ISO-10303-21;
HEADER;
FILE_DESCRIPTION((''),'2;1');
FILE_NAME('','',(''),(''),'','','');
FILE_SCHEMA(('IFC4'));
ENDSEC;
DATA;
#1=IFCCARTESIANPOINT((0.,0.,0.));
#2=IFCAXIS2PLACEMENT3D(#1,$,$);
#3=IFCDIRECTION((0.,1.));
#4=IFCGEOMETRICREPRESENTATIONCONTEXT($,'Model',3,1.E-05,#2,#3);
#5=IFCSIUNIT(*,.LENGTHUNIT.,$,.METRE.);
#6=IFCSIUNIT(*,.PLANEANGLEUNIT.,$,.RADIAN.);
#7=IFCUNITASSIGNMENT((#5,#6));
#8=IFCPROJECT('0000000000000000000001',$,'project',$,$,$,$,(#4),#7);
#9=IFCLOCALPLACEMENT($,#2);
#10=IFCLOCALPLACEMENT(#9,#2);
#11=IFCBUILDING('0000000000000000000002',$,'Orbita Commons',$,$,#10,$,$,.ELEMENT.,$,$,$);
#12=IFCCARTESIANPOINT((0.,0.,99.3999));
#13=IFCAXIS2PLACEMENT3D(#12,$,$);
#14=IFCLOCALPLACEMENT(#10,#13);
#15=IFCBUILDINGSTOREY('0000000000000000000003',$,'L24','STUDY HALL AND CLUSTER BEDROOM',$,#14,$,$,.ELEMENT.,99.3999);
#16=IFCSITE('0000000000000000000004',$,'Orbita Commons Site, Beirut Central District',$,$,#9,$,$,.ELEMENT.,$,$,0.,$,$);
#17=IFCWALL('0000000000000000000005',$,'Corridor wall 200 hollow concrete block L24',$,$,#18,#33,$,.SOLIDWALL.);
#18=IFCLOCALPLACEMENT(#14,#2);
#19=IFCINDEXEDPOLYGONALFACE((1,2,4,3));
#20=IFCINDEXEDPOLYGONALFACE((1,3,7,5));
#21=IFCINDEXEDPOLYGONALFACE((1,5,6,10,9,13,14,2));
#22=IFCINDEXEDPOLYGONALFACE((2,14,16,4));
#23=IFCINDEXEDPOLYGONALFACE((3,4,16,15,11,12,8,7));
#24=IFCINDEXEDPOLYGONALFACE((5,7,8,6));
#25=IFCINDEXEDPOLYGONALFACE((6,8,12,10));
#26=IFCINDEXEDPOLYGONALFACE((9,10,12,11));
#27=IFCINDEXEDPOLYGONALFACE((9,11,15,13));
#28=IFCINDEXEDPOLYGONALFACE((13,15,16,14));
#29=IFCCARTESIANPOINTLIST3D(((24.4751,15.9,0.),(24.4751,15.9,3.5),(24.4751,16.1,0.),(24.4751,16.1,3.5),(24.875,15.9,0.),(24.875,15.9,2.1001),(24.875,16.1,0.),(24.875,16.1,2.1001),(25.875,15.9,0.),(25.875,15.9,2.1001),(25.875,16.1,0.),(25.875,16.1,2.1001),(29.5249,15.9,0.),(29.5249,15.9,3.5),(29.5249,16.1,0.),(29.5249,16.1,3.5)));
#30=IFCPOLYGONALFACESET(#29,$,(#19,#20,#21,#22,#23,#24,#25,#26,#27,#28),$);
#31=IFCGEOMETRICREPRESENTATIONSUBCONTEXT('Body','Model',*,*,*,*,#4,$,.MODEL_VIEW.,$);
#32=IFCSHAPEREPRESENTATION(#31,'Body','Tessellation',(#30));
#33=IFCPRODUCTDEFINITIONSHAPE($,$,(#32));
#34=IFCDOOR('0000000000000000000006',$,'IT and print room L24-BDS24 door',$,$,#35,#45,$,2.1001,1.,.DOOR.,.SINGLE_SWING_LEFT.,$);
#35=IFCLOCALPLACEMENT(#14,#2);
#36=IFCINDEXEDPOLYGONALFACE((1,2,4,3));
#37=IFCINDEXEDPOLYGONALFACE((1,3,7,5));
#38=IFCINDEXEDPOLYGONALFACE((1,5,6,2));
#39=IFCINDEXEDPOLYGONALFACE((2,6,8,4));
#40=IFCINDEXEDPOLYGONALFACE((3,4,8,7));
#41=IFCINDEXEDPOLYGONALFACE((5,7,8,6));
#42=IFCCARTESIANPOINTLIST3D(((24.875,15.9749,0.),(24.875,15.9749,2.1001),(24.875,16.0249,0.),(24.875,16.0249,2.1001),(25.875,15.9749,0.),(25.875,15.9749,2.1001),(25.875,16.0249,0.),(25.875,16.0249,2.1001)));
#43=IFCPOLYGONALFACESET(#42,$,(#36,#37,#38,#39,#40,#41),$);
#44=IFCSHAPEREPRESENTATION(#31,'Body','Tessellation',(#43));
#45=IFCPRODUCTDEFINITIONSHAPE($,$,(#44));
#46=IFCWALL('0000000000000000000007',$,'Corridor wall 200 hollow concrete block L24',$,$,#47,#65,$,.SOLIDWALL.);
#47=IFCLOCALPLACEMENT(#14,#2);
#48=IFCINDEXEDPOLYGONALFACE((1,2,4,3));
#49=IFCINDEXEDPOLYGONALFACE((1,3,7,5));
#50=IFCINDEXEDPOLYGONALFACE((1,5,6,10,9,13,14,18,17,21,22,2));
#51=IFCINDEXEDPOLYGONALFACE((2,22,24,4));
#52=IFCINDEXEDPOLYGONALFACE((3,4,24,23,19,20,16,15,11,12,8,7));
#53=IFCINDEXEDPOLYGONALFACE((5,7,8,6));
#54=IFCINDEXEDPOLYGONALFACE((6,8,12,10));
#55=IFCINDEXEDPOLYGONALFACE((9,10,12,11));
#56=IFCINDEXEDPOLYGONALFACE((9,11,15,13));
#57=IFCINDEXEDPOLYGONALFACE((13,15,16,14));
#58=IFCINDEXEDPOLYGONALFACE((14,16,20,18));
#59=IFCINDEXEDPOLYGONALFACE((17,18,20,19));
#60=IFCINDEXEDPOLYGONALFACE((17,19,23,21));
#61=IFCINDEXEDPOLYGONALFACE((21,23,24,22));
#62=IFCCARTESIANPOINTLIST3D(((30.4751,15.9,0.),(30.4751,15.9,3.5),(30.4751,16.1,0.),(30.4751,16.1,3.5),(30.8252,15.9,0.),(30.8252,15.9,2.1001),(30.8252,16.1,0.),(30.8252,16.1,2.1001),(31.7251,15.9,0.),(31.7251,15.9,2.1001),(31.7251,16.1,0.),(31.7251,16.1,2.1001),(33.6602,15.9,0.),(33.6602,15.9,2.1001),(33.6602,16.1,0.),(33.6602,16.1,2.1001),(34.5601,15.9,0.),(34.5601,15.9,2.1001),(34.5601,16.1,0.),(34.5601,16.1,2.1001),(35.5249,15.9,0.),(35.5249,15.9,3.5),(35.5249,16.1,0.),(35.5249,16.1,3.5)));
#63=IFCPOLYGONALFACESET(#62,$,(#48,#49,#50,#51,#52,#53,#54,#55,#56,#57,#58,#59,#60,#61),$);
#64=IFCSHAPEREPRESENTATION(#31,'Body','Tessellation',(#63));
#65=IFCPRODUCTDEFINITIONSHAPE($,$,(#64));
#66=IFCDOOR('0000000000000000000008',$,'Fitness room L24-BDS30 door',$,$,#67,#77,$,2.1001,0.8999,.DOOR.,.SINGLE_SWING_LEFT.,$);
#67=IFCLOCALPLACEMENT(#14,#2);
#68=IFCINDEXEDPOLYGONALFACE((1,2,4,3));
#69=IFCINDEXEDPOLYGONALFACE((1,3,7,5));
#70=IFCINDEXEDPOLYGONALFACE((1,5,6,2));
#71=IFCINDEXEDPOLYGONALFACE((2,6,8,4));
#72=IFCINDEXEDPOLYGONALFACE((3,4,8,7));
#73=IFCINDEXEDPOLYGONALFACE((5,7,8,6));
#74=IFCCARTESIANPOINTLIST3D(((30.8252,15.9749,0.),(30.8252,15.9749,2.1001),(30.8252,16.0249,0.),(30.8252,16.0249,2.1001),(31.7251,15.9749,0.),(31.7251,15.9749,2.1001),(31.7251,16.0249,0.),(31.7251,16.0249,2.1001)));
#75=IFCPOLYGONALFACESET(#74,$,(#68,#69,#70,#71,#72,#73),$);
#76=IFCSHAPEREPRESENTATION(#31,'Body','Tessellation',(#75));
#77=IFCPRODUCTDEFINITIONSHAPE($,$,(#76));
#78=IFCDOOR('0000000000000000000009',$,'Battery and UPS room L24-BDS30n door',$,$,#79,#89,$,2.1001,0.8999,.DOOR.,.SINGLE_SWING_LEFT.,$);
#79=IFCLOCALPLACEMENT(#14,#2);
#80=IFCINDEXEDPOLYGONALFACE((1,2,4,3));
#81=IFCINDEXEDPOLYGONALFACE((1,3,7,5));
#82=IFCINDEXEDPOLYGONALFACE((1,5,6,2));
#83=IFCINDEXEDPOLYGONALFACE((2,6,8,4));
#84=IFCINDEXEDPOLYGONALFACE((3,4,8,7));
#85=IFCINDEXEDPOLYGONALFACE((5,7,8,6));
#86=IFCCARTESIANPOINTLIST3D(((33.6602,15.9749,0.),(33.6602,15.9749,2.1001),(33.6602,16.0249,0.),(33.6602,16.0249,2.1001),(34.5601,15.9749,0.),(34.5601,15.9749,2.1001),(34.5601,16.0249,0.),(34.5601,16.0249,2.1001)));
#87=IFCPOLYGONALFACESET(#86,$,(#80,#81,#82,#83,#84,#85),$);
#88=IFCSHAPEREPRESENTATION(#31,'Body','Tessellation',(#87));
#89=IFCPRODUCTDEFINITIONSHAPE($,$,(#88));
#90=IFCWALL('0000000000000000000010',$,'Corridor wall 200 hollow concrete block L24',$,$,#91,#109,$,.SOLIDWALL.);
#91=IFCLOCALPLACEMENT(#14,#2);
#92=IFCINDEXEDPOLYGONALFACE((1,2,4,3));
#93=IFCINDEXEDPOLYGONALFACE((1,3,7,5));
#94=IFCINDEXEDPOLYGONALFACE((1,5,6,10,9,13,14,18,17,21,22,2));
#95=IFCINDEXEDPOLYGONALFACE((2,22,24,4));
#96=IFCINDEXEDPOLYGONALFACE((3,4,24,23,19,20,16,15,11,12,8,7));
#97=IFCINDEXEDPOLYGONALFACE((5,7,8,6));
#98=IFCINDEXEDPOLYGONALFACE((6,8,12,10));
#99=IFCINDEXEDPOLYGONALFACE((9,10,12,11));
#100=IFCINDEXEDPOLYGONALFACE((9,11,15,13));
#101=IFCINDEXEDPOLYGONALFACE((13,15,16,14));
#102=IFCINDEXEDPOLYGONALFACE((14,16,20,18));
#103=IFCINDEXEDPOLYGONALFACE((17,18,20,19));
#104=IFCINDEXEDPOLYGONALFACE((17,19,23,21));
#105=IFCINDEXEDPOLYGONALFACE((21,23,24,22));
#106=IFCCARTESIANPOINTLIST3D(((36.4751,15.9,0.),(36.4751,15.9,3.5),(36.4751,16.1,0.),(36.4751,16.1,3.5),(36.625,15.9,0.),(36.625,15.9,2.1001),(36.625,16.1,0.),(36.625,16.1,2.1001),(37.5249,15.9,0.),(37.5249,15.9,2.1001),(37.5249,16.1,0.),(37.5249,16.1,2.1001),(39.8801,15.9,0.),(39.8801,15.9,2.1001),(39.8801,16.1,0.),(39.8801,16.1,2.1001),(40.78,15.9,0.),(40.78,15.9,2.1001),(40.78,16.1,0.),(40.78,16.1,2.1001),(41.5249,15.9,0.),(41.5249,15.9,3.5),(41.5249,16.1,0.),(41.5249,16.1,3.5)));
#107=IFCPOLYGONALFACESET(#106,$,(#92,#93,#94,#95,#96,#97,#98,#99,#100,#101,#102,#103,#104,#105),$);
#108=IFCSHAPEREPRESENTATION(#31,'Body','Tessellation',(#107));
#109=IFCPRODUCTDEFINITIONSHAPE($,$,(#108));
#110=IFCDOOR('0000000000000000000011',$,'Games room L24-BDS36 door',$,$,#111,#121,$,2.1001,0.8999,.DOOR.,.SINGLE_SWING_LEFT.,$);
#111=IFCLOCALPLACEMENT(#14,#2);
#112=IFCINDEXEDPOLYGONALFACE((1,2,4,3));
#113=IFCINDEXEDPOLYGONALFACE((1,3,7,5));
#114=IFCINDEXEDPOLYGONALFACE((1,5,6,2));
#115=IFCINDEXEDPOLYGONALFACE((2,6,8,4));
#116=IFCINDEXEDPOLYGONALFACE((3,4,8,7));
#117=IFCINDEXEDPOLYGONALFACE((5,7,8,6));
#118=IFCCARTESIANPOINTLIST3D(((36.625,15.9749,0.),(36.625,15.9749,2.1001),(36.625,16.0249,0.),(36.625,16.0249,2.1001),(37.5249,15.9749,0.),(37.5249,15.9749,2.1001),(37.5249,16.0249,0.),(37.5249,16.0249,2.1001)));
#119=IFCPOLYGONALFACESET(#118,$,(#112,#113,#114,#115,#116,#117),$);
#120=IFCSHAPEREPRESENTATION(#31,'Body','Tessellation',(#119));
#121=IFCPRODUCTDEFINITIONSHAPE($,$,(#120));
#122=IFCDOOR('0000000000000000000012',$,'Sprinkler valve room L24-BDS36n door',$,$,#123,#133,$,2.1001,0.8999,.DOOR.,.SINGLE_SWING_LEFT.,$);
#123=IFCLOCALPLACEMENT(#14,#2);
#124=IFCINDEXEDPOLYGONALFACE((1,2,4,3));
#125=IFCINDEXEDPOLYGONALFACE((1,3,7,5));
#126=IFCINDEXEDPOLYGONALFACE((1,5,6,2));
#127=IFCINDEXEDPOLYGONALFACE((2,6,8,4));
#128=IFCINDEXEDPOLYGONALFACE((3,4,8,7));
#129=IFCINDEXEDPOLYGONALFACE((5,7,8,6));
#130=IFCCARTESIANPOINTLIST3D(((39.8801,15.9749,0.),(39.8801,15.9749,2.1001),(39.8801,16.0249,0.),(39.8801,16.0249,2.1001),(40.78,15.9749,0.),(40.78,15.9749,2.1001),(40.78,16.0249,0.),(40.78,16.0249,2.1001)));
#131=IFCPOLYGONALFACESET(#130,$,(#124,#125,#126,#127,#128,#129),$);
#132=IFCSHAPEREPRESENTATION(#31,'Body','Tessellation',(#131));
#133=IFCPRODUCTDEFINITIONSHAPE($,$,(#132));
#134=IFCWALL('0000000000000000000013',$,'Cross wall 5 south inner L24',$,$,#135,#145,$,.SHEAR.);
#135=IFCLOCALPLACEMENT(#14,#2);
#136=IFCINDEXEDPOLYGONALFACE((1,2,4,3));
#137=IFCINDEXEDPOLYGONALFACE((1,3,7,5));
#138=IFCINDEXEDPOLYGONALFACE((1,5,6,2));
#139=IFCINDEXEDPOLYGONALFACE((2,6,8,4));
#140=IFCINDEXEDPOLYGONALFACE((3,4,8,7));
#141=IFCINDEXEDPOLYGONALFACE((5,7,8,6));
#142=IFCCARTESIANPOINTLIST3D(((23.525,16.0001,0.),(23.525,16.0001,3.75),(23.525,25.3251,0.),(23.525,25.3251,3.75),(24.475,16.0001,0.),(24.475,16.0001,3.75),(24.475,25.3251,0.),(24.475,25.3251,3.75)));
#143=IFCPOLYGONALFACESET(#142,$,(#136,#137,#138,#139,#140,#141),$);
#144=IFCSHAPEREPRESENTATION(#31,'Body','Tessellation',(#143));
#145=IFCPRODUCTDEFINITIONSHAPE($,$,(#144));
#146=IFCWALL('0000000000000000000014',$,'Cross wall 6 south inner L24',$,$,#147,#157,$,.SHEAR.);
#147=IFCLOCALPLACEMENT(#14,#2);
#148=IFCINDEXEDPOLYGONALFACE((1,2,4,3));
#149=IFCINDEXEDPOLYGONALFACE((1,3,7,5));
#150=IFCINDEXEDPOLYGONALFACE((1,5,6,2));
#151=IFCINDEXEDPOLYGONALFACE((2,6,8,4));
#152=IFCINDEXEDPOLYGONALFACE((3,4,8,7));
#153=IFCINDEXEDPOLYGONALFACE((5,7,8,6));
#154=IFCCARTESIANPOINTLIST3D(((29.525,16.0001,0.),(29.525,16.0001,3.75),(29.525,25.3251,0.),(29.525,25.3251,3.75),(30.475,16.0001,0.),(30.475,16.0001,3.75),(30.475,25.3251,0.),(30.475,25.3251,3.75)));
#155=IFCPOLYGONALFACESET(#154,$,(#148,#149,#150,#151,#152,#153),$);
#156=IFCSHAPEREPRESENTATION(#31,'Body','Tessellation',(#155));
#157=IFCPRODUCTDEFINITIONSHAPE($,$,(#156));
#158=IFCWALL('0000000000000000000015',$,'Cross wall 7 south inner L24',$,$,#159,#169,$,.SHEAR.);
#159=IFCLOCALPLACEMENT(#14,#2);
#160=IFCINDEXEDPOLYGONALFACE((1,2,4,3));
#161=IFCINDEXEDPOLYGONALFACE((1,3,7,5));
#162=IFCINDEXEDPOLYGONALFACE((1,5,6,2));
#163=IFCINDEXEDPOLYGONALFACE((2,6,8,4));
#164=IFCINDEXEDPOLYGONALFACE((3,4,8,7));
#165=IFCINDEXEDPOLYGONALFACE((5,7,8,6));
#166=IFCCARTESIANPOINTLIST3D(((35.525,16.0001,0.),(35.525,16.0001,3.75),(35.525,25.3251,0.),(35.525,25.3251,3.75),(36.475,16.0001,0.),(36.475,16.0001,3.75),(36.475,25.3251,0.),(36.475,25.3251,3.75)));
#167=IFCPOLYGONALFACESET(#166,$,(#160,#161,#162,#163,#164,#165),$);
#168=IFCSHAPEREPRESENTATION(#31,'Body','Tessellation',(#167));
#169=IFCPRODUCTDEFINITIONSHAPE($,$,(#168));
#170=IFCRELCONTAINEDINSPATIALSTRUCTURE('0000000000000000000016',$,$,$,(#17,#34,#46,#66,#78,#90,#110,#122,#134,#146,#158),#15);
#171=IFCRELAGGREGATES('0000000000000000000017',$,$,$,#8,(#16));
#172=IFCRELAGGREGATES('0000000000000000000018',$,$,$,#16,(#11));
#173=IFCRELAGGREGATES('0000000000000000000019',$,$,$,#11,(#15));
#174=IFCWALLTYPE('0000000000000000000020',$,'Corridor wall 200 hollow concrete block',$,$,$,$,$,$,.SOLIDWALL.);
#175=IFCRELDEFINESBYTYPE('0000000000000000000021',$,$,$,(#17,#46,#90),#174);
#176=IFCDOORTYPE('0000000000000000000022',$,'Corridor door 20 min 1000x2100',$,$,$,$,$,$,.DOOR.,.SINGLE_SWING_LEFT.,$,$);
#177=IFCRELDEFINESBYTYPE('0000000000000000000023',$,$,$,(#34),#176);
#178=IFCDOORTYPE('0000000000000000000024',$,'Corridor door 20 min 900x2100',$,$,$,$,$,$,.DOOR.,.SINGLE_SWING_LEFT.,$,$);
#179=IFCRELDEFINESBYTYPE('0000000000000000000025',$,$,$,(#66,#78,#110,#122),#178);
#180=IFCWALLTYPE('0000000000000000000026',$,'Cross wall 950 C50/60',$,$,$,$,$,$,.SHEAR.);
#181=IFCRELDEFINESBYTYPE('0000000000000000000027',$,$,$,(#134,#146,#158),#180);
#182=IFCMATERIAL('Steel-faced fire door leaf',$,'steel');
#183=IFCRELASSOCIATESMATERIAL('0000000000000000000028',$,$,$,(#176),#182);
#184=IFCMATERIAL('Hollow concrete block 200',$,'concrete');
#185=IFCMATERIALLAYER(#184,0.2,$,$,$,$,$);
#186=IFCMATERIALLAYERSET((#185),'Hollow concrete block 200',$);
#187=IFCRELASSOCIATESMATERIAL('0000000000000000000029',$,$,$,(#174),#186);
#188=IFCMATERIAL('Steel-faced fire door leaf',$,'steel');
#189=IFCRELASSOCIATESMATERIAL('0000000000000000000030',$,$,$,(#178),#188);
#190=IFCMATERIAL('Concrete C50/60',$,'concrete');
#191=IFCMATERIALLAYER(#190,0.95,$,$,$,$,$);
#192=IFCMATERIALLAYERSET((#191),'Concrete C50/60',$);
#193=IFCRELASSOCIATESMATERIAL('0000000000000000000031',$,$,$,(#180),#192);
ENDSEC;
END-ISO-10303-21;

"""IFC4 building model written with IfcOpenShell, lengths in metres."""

from ifc_helpers import new_model, si_unit, direction, frame, frame_2d, origin, place, context, subcontext, project, spatial, rectangle, extrude, material, layer, layer_set, type_object, element, fill, save


model = new_model("IFC4")

# Units and contexts
model_context = context("Model", 3, precision=1e-05, world=origin(), true_north=direction((0.0, 1.0)))
body_context = subcontext(model_context, "Body", "Model", "MODEL_VIEW")
ifc_project = project(units=[si_unit("LENGTHUNIT", "METRE"), si_unit("PLANEANGLEUNIT", "RADIAN")], contexts=[model_context])

# Site, building, storey
site_placement = place(None, origin())
site = spatial("IfcSite", under=ifc_project, at=site_placement, Name="Orbita Commons Site, Beirut Central District", CompositionType="ELEMENT", RefElevation=0.0)
building_placement = place(site_placement, origin())
building = spatial("IfcBuilding", under=site, at=building_placement, Name="Orbita Commons", CompositionType="ELEMENT")
storey_placement = place(building_placement, frame((0.0, 0.0, 99.3999)))
storey = spatial("IfcBuildingStorey", under=building, at=storey_placement, Name="L24", Description="STUDY HALL AND CLUSTER BEDROOM", CompositionType="ELEMENT", Elevation=99.3999)

# Wall, opening, door
ifc_material_1 = material(Name="Steel-faced fire door leaf", Category="steel")
door_type_1 = type_object("IfcDoorType", Name="Corridor door 20 min 1000x2100", OperationType="SINGLE_SWING_LEFT", PredefinedType="DOOR", material=ifc_material_1)
ifc_material_2 = material(Name="Hollow concrete block 200", Category="concrete")
ifc_layer_1 = layer(ifc_material_2, 0.2)
ifc_layer_set_1 = layer_set([ifc_layer_1], Name="Hollow concrete block 200")
wall_type_1 = type_object("IfcWallType", Name="Corridor wall 200 hollow concrete block", PredefinedType="SOLIDWALL", material=ifc_layer_set_1)
wall_1_placement = place(storey_placement, frame((24.4751, 16.0, 0.0), z_axis=(0.0, 0.0, 1.0), x_axis=(1.0, 0.0, 0.0)))
wall_1 = element("IfcWall", 1, at=wall_1_placement, inside=storey, type_object=wall_type_1, Name="Corridor wall 200 hollow concrete block L24", PredefinedType="SOLIDWALL", context=body_context, shape_type="SweptSolid", body=[
    extrude(rectangle(XDim=5.0498, YDim=0.2, at=frame_2d((2.5249, 0.0))), origin(), (0.0, 0.0, 1.0), 3.5),
])
opening_1_placement = place(wall_1_placement, frame((0.3999, 0.0, 0.0)))
opening_1 = element("IfcOpeningElement", 2, at=opening_1_placement, cuts=wall_1, PredefinedType="OPENING", context=body_context, shape_type="SweptSolid", body=[
    extrude(rectangle(XDim=1.0, YDim=2.1001, at=frame_2d((0.5, 1.05))), frame((0.0, 0.1099, 0.0), z_axis=(0.0, -1.0, 0.0), x_axis=(1.0, 0.0, 0.0)), (0.0, 0.0, 1.0), 0.22),
])
door_1_placement = place(opening_1_placement, origin())
door_1 = element("IfcDoor", 3, at=door_1_placement, inside=storey, type_object=door_type_1, Name="IT and print room L24-BDS24 door", OperationType="SINGLE_SWING_LEFT", OverallHeight=2.1001, OverallWidth=1.0, PredefinedType="DOOR", context=body_context, shape_type="SweptSolid", body=[
    extrude(rectangle(XDim=1.0, YDim=2.1001, at=frame_2d((0.5, 1.05))), frame((0.0, 0.0249, 0.0), z_axis=(0.0, -1.0, 0.0), x_axis=(1.0, 0.0, 0.0)), (0.0, 0.0, 1.0), 0.05),
])
fill(opening_1, door_1)

# Walls, openings, doors
wall_2_placement = place(storey_placement, frame((30.4751, 16.0, 0.0), z_axis=(0.0, 0.0, 1.0), x_axis=(1.0, 0.0, 0.0)))
wall_2 = element("IfcWall", 4, at=wall_2_placement, inside=storey, type_object=wall_type_1, Name="Corridor wall 200 hollow concrete block L24", PredefinedType="SOLIDWALL", context=body_context, shape_type="SweptSolid", body=[
    extrude(rectangle(XDim=5.0498, YDim=0.2, at=frame_2d((2.5249, 0.0))), origin(), (0.0, 0.0, 1.0), 3.5),
])
opening_2_placement = place(wall_2_placement, frame((0.3501, 0.0, 0.0)))
opening_2 = element("IfcOpeningElement", 5, at=opening_2_placement, cuts=wall_2, PredefinedType="OPENING", context=body_context, shape_type="SweptSolid", body=[
    extrude(rectangle(XDim=0.8999, YDim=2.1001, at=frame_2d((0.45, 1.05))), frame((0.0, 0.1099, 0.0), z_axis=(0.0, -1.0, 0.0), x_axis=(1.0, 0.0, 0.0)), (0.0, 0.0, 1.0), 0.22),
])
opening_3_placement = place(wall_2_placement, frame((3.1851, 0.0, 0.0)))
opening_3 = element("IfcOpeningElement", 6, at=opening_3_placement, cuts=wall_2, PredefinedType="OPENING", context=body_context, shape_type="SweptSolid", body=[
    extrude(rectangle(XDim=0.8999, YDim=2.1001, at=frame_2d((0.45, 1.05))), frame((0.0, 0.1099, 0.0), z_axis=(0.0, -1.0, 0.0), x_axis=(1.0, 0.0, 0.0)), (0.0, 0.0, 1.0), 0.22),
])
ifc_material_3 = material(Name="Steel-faced fire door leaf", Category="steel")
door_type_2 = type_object("IfcDoorType", Name="Corridor door 20 min 900x2100", OperationType="SINGLE_SWING_LEFT", PredefinedType="DOOR", material=ifc_material_3)
door_2_placement = place(opening_2_placement, origin())
door_2 = element("IfcDoor", 7, at=door_2_placement, inside=storey, type_object=door_type_2, Name="Fitness room L24-BDS30 door", OperationType="SINGLE_SWING_LEFT", OverallHeight=2.1001, OverallWidth=0.8999, PredefinedType="DOOR", context=body_context, shape_type="SweptSolid", body=[
    extrude(rectangle(XDim=0.8999, YDim=2.1001, at=frame_2d((0.45, 1.05))), frame((0.0, 0.0249, 0.0), z_axis=(0.0, -1.0, 0.0), x_axis=(1.0, 0.0, 0.0)), (0.0, 0.0, 1.0), 0.05),
])
fill(opening_2, door_2)
door_3_placement = place(opening_3_placement, origin())
door_3 = element("IfcDoor", 8, at=door_3_placement, inside=storey, type_object=door_type_2, Name="Battery and UPS room L24-BDS30n door", OperationType="SINGLE_SWING_LEFT", OverallHeight=2.1001, OverallWidth=0.8999, PredefinedType="DOOR", context=body_context, shape_type="SweptSolid", body=[
    extrude(rectangle(XDim=0.8999, YDim=2.1001, at=frame_2d((0.45, 1.05))), frame((0.0, 0.0249, 0.0), z_axis=(0.0, -1.0, 0.0), x_axis=(1.0, 0.0, 0.0)), (0.0, 0.0, 1.0), 0.05),
])
fill(opening_3, door_3)
wall_3_placement = place(storey_placement, frame((36.4751, 16.0, 0.0), z_axis=(0.0, 0.0, 1.0), x_axis=(1.0, 0.0, 0.0)))
wall_3 = element("IfcWall", 9, at=wall_3_placement, inside=storey, type_object=wall_type_1, Name="Corridor wall 200 hollow concrete block L24", PredefinedType="SOLIDWALL", context=body_context, shape_type="SweptSolid", body=[
    extrude(rectangle(XDim=5.0498, YDim=0.2, at=frame_2d((2.5249, 0.0))), origin(), (0.0, 0.0, 1.0), 3.5),
])
opening_4_placement = place(wall_3_placement, frame((0.1499, 0.0, 0.0)))
opening_4 = element("IfcOpeningElement", 10, at=opening_4_placement, cuts=wall_3, PredefinedType="OPENING", context=body_context, shape_type="SweptSolid", body=[
    extrude(rectangle(XDim=0.8999, YDim=2.1001, at=frame_2d((0.45, 1.05))), frame((0.0, 0.1099, 0.0), z_axis=(0.0, -1.0, 0.0), x_axis=(1.0, 0.0, 0.0)), (0.0, 0.0, 1.0), 0.22),
])
opening_5_placement = place(wall_3_placement, frame((3.405, 0.0, 0.0)))
opening_5 = element("IfcOpeningElement", 11, at=opening_5_placement, cuts=wall_3, PredefinedType="OPENING", context=body_context, shape_type="SweptSolid", body=[
    extrude(rectangle(XDim=0.8999, YDim=2.1001, at=frame_2d((0.45, 1.05))), frame((0.0, 0.1099, 0.0), z_axis=(0.0, -1.0, 0.0), x_axis=(1.0, 0.0, 0.0)), (0.0, 0.0, 1.0), 0.22),
])
door_4_placement = place(opening_4_placement, origin())
door_4 = element("IfcDoor", 12, at=door_4_placement, inside=storey, type_object=door_type_2, Name="Games room L24-BDS36 door", OperationType="SINGLE_SWING_LEFT", OverallHeight=2.1001, OverallWidth=0.8999, PredefinedType="DOOR", context=body_context, shape_type="SweptSolid", body=[
    extrude(rectangle(XDim=0.8999, YDim=2.1001, at=frame_2d((0.45, 1.05))), frame((0.0, 0.0249, 0.0), z_axis=(0.0, -1.0, 0.0), x_axis=(1.0, 0.0, 0.0)), (0.0, 0.0, 1.0), 0.05),
])
fill(opening_4, door_4)
door_5_placement = place(opening_5_placement, origin())
door_5 = element("IfcDoor", 13, at=door_5_placement, inside=storey, type_object=door_type_2, Name="Sprinkler valve room L24-BDS36n door", OperationType="SINGLE_SWING_LEFT", OverallHeight=2.1001, OverallWidth=0.8999, PredefinedType="DOOR", context=body_context, shape_type="SweptSolid", body=[
    extrude(rectangle(XDim=0.8999, YDim=2.1001, at=frame_2d((0.45, 1.05))), frame((0.0, 0.0249, 0.0), z_axis=(0.0, -1.0, 0.0), x_axis=(1.0, 0.0, 0.0)), (0.0, 0.0, 1.0), 0.05),
])
fill(opening_5, door_5)

# Walls
ifc_material_4 = material(Name="Concrete C50/60", Category="concrete")
ifc_layer_2 = layer(ifc_material_4, 0.95)
ifc_layer_set_2 = layer_set([ifc_layer_2], Name="Concrete C50/60")
wall_type_2 = type_object("IfcWallType", Name="Cross wall 950 C50/60", PredefinedType="SHEAR", material=ifc_layer_set_2)
for number, where, z_axis, x_axis, name in (
    (14, (24.0, 16.0, 0.0), (0.0, 0.0, 1.0), (0.0, 1.0, 0.0), "Cross wall 5 south inner L24"),
    (15, (30.0, 16.0, 0.0), (0.0, 0.0, 1.0), (0.0, 1.0, 0.0), "Cross wall 6 south inner L24"),
    (16, (36.0, 16.0, 0.0), (0.0, 0.0, 1.0), (0.0, 1.0, 0.0), "Cross wall 7 south inner L24"),
):
    element("IfcWall", number, at=place(storey_placement, frame(where, z_axis=z_axis, x_axis=x_axis)), inside=storey, type_object=wall_type_2, Name=name, PredefinedType="SHEAR", context=body_context, shape_type="SweptSolid", body=[
        extrude(rectangle(XDim=9.325, YDim=0.95, at=frame_2d((4.6626, 0.0))), origin(), (0.0, 0.0, 1.0), 3.75),
    ])

save(model, "model.ifc")
